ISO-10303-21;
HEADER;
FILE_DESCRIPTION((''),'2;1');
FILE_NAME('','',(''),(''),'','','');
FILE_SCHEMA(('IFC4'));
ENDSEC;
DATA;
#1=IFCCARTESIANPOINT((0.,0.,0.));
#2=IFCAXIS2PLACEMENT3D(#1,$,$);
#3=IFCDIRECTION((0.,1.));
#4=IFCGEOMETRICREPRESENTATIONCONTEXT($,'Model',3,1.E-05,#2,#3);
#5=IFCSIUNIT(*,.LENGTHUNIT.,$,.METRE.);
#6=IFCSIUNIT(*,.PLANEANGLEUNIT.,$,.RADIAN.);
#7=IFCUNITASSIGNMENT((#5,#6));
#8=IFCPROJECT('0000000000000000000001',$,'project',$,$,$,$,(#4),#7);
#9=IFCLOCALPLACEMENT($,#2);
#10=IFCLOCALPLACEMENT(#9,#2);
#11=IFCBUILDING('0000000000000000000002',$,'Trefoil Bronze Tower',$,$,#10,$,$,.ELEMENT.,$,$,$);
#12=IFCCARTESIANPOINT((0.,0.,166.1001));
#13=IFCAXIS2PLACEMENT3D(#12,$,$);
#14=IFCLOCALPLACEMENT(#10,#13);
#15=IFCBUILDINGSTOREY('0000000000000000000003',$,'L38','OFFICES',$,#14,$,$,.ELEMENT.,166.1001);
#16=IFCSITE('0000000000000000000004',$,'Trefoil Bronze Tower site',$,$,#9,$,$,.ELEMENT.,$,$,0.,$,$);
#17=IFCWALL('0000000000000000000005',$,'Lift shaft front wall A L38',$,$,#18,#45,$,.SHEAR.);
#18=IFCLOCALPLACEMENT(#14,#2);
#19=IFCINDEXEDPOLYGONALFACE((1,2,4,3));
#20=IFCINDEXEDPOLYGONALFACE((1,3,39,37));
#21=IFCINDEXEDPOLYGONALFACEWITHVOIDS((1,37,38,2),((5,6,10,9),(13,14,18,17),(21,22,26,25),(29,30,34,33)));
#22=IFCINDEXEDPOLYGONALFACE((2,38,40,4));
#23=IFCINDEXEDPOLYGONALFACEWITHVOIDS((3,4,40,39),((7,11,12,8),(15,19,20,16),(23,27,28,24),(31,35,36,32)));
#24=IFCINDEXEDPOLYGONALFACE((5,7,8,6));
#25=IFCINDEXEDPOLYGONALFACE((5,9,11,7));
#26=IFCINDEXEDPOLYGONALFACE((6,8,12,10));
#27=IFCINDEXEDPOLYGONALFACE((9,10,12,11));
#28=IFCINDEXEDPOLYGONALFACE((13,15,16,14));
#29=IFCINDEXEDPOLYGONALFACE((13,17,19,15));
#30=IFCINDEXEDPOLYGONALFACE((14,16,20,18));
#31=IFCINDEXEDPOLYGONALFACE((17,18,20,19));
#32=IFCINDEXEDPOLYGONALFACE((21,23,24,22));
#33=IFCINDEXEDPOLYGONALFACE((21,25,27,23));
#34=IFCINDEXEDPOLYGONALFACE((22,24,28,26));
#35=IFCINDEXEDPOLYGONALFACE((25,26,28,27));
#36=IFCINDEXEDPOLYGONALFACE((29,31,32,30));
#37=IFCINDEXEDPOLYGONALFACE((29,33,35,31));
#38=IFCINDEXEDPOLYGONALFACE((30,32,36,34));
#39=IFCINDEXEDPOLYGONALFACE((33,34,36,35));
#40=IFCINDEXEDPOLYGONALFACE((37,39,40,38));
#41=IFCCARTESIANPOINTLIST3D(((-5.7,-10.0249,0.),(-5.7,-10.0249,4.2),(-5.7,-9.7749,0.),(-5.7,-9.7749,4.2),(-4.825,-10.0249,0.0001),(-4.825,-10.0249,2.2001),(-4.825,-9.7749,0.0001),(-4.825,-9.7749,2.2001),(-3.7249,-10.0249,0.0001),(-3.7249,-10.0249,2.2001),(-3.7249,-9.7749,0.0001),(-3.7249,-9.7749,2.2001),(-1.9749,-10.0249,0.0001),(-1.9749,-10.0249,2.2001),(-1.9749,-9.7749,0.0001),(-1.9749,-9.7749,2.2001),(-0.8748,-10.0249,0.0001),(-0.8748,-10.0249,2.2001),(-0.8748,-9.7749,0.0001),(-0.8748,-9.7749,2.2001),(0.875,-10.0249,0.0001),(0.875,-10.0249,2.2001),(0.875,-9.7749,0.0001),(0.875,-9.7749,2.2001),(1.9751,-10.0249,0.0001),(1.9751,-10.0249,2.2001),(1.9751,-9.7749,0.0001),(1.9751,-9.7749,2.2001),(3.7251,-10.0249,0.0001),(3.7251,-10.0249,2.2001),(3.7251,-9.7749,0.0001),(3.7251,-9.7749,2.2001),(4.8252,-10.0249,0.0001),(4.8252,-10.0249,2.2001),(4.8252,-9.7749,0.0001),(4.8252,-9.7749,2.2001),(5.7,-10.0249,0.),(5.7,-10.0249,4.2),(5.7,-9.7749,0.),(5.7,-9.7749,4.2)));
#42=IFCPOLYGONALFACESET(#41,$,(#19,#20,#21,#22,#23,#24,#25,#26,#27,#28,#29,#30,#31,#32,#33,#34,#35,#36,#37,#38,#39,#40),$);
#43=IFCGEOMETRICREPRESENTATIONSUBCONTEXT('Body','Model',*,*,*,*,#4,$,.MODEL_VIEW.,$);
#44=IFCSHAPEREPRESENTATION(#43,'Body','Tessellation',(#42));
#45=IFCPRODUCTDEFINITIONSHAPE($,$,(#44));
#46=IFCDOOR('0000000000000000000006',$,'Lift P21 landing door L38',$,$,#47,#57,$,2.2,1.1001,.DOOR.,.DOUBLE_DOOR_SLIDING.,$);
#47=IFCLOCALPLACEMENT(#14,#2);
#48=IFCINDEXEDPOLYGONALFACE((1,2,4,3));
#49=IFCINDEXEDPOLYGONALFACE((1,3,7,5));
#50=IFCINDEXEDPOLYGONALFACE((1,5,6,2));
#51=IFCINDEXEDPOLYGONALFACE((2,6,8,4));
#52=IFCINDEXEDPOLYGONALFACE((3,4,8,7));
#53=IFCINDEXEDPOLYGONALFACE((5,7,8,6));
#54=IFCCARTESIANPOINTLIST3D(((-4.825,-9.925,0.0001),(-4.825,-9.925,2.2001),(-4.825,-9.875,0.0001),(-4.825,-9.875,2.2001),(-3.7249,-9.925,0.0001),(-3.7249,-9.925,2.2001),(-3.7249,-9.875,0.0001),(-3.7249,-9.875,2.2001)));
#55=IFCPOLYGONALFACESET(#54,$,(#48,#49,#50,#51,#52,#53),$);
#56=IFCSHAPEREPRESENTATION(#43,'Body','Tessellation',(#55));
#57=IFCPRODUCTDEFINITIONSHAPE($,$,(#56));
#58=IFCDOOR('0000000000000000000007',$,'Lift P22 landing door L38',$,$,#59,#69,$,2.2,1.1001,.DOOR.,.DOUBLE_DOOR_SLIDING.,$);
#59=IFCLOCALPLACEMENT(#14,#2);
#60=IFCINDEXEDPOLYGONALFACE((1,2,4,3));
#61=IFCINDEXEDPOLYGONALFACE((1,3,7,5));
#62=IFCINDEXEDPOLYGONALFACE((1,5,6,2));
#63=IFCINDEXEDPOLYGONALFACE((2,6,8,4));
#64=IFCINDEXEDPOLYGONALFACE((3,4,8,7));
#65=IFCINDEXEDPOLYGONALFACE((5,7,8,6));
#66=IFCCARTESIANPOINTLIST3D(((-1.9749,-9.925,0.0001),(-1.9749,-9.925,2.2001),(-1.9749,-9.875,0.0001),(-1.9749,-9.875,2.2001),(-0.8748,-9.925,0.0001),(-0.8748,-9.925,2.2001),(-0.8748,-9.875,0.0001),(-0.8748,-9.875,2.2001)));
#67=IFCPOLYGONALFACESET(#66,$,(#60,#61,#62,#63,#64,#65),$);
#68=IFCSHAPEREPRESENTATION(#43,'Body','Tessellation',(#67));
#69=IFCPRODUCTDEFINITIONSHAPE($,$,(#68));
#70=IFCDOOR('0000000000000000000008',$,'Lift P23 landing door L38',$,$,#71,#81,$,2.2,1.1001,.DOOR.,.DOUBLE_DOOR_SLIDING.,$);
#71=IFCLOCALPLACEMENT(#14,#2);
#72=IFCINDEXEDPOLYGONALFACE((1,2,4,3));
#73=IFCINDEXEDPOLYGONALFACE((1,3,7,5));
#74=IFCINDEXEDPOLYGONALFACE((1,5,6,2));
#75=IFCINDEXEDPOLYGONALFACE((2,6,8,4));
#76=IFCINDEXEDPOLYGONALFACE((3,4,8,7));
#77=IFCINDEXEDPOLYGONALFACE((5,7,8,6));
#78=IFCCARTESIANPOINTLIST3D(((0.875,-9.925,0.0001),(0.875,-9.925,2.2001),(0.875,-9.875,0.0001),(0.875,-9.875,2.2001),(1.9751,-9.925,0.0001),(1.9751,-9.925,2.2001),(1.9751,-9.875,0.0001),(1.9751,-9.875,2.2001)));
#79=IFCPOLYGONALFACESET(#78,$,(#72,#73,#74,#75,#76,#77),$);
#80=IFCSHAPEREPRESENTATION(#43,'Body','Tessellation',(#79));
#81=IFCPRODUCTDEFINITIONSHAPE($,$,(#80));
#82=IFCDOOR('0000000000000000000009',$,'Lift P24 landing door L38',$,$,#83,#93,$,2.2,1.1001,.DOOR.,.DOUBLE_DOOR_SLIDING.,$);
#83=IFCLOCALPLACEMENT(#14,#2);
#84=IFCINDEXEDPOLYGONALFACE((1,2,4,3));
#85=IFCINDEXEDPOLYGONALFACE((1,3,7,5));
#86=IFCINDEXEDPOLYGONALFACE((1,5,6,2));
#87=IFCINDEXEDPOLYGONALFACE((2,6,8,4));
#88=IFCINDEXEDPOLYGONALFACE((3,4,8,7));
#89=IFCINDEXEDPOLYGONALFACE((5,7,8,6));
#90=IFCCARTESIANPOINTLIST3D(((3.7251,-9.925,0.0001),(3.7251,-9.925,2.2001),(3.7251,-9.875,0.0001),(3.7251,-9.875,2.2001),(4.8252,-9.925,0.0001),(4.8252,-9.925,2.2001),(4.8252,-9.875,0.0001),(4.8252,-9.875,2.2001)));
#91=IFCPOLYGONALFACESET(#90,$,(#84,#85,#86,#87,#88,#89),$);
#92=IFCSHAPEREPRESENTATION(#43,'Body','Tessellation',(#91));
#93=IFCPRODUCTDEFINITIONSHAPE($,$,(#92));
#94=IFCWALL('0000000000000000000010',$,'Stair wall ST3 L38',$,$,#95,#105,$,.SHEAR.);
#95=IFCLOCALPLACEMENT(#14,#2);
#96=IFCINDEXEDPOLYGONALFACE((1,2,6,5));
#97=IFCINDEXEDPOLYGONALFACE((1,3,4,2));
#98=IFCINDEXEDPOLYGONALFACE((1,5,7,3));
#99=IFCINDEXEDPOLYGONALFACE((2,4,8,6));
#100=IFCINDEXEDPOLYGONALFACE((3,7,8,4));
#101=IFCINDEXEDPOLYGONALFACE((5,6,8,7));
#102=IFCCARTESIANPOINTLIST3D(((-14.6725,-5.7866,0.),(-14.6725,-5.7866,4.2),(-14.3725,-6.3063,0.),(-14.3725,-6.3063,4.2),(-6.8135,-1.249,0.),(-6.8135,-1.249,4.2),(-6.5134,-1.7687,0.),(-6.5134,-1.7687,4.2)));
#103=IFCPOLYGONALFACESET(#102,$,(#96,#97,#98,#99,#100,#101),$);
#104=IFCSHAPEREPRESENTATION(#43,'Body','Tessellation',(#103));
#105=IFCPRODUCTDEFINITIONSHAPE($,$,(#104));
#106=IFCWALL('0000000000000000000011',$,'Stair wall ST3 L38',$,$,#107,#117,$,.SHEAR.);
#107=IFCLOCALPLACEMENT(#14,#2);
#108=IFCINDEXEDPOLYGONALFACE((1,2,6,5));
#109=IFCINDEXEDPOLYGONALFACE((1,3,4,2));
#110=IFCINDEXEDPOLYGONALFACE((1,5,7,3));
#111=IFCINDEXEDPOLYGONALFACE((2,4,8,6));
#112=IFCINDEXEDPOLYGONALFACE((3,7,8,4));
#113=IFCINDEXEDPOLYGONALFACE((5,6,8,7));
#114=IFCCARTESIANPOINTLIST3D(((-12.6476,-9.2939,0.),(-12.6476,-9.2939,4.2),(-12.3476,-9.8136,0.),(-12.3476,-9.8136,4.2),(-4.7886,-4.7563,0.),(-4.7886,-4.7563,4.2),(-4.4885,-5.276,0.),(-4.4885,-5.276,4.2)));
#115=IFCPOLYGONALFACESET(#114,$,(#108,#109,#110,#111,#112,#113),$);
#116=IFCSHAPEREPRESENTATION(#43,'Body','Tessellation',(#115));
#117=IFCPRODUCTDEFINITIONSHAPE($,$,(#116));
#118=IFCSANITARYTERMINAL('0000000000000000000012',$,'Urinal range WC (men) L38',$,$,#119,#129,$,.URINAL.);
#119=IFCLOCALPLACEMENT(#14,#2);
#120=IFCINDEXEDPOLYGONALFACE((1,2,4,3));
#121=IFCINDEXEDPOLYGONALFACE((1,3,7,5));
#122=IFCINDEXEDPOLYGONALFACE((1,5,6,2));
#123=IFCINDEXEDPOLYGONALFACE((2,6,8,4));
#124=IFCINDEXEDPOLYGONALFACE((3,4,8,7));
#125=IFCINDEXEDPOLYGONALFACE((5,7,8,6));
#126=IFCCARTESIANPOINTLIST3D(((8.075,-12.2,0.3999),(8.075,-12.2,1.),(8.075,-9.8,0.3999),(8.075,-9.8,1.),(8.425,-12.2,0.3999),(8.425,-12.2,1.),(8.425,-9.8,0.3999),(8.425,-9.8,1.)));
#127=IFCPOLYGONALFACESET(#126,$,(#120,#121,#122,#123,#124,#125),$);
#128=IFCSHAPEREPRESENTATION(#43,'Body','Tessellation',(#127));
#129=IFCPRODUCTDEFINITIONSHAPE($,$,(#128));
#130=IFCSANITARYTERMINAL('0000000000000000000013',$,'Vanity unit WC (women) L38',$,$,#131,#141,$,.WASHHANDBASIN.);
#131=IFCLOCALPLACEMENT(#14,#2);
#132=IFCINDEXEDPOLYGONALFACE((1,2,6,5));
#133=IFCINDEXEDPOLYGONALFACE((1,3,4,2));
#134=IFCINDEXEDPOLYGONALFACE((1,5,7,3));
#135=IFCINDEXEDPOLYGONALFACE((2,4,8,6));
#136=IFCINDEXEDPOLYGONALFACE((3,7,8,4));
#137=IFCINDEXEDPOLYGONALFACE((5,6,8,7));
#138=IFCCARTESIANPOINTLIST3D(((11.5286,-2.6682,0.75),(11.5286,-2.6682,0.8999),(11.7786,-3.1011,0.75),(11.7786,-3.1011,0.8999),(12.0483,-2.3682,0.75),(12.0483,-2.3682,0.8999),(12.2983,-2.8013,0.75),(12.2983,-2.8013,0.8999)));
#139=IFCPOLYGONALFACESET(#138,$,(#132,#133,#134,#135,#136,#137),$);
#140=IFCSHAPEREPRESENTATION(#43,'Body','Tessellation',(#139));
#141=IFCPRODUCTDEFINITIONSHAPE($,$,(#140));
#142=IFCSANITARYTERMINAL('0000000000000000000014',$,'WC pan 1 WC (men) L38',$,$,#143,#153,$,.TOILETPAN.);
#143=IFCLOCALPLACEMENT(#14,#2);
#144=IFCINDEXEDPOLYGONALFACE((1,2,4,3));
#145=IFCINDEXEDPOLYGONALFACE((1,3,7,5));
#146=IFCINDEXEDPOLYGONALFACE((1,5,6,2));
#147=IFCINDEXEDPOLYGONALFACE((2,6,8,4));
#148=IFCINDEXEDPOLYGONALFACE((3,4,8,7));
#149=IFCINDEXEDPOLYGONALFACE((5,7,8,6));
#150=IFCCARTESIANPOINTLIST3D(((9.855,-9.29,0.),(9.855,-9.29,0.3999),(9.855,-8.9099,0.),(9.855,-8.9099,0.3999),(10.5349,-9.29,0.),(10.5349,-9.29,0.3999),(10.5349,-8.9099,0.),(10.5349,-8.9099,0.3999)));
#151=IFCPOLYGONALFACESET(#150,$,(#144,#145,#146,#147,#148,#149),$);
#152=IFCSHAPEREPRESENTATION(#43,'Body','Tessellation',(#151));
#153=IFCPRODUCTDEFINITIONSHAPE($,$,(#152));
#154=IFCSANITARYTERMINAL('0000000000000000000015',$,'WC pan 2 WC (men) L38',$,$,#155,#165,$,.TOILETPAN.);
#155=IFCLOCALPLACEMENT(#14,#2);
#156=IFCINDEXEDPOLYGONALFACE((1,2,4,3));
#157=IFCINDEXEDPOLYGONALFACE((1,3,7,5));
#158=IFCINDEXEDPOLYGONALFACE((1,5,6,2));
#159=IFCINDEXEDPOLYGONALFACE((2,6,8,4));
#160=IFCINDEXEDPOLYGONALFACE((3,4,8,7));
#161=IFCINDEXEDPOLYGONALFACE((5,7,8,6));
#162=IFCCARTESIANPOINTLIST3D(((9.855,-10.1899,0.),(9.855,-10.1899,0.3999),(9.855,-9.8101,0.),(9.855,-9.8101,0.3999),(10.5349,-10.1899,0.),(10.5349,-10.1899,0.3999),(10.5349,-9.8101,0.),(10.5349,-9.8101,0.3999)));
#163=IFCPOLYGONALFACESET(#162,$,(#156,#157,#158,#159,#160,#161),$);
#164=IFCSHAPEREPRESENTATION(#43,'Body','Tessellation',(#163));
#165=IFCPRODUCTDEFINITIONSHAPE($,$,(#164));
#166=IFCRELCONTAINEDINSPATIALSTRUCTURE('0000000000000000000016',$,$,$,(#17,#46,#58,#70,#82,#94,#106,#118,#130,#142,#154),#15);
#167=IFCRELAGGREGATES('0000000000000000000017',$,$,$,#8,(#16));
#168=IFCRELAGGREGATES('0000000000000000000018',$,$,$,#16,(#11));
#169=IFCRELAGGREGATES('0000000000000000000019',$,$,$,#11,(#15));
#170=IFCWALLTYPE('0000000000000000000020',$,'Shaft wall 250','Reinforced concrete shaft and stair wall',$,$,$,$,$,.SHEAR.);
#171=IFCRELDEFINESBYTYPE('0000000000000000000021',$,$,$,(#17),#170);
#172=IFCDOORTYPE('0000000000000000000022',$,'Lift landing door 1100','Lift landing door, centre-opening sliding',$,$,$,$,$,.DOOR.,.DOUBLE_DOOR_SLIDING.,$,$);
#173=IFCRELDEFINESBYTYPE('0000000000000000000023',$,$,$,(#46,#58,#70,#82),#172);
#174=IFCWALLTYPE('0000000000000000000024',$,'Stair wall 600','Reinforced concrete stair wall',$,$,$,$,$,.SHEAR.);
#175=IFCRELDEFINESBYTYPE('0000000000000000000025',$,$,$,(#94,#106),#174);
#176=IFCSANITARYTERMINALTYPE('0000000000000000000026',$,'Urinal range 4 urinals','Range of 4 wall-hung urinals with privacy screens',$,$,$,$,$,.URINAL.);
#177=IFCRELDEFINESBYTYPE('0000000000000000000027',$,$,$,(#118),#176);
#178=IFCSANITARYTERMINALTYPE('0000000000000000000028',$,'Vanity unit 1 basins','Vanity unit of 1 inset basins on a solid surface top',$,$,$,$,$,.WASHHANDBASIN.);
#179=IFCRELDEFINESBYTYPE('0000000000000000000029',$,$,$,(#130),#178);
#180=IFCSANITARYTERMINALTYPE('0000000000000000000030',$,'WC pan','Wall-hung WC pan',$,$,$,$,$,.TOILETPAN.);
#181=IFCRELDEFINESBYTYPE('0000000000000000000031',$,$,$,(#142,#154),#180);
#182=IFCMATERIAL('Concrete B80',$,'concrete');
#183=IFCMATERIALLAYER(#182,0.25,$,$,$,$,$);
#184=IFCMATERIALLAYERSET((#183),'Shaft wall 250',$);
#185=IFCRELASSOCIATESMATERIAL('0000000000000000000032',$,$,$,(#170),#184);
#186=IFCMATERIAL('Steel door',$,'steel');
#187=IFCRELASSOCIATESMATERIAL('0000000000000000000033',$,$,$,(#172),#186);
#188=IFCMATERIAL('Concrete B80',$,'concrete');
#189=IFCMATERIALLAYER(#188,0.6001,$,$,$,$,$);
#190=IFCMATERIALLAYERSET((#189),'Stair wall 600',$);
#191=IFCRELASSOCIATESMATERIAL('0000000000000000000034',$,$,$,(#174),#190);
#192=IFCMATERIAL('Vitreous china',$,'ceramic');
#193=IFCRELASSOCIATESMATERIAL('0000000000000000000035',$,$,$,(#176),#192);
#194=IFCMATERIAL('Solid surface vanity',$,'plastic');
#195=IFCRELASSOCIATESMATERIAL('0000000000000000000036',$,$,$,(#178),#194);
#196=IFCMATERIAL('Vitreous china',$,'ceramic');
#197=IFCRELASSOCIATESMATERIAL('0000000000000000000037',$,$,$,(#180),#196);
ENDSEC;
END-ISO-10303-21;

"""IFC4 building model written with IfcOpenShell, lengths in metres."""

from ifc_helpers import new_model, si_unit, direction, frame, frame_2d, origin, place, context, subcontext, project, spatial, polyline, rectangle, outline, extrude, material, layer, layer_set, type_object, element, fill, save


model = new_model("IFC4")

# Units and contexts
model_context = context("Model", 3, precision=1e-05, world=origin(), true_north=direction((0.0, 1.0)))
body_context = subcontext(model_context, "Body", "Model", "MODEL_VIEW")
ifc_project = project(units=[si_unit("LENGTHUNIT", "METRE"), si_unit("PLANEANGLEUNIT", "RADIAN")], contexts=[model_context])

# Site, building, storey
site_placement = place(None, origin())
site = spatial("IfcSite", under=ifc_project, at=site_placement, Name="Trefoil Bronze Tower site", CompositionType="ELEMENT", RefElevation=0.0)
building_placement = place(site_placement, origin())
building = spatial("IfcBuilding", under=site, at=building_placement, Name="Trefoil Bronze Tower", CompositionType="ELEMENT")
storey_placement = place(building_placement, frame((0.0, 0.0, 166.1001)))
storey = spatial("IfcBuildingStorey", under=building, at=storey_placement, Name="L38", Description="OFFICES", CompositionType="ELEMENT", Elevation=166.1001)

# Wall, openings, doors
ifc_material_1 = material(Name="Concrete B80", Category="concrete")
ifc_layer_1 = layer(ifc_material_1, 0.25)
ifc_layer_set_1 = layer_set([ifc_layer_1], Name="Shaft wall 250")
wall_type_1 = type_object("IfcWallType", Name="Shaft wall 250", Description="Reinforced concrete shaft and stair wall", PredefinedType="SHEAR", material=ifc_layer_set_1)
wall_1_placement = place(storey_placement, frame((-5.7, -9.8999, 0.0), z_axis=(0.0, 0.0, 1.0), x_axis=(1.0, 0.0, 0.0)))
wall_1 = element("IfcWall", 1, at=wall_1_placement, inside=storey, type_object=wall_type_1, Name="Lift shaft front wall A L38", PredefinedType="SHEAR", context=body_context, shape_type="SweptSolid", body=[
    extrude(rectangle(XDim=11.3999, YDim=0.25, at=frame_2d((5.7, 0.0))), origin(), (0.0, 0.0, 1.0), 4.2),
])
opening_1_placement = place(wall_1_placement, frame((0.875, 0.0, 0.0)))
opening_1 = element("IfcOpeningElement", 2, at=opening_1_placement, cuts=wall_1, PredefinedType="OPENING", context=body_context, shape_type="SweptSolid", body=[
    extrude(rectangle(XDim=1.1001, YDim=2.2, at=frame_2d((0.55, 1.1001))), frame((0.0, 0.135, 0.0), z_axis=(0.0, -1.0, 0.0), x_axis=(1.0, 0.0, 0.0)), (0.0, 0.0, 1.0), 0.27),
])
opening_2_placement = place(wall_1_placement, frame((3.7251, 0.0, 0.0)))
opening_2 = element("IfcOpeningElement", 3, at=opening_2_placement, cuts=wall_1, PredefinedType="OPENING", context=body_context, shape_type="SweptSolid", body=[
    extrude(rectangle(XDim=1.1001, YDim=2.2, at=frame_2d((0.55, 1.1001))), frame((0.0, 0.135, 0.0), z_axis=(0.0, -1.0, 0.0), x_axis=(1.0, 0.0, 0.0)), (0.0, 0.0, 1.0), 0.27),
])
opening_3_placement = place(wall_1_placement, frame((6.575, 0.0, 0.0)))
opening_3 = element("IfcOpeningElement", 4, at=opening_3_placement, cuts=wall_1, PredefinedType="OPENING", context=body_context, shape_type="SweptSolid", body=[
    extrude(rectangle(XDim=1.1001, YDim=2.2, at=frame_2d((0.55, 1.1001))), frame((0.0, 0.135, 0.0), z_axis=(0.0, -1.0, 0.0), x_axis=(1.0, 0.0, 0.0)), (0.0, 0.0, 1.0), 0.27),
])
opening_4_placement = place(wall_1_placement, frame((9.425, 0.0, 0.0)))
opening_4 = element("IfcOpeningElement", 5, at=opening_4_placement, cuts=wall_1, PredefinedType="OPENING", context=body_context, shape_type="SweptSolid", body=[
    extrude(rectangle(XDim=1.1001, YDim=2.2, at=frame_2d((0.55, 1.1001))), frame((0.0, 0.135, 0.0), z_axis=(0.0, -1.0, 0.0), x_axis=(1.0, 0.0, 0.0)), (0.0, 0.0, 1.0), 0.27),
])
ifc_material_2 = material(Name="Steel door", Category="steel")
door_type_1 = type_object("IfcDoorType", Name="Lift landing door 1100", Description="Lift landing door, centre-opening sliding", OperationType="DOUBLE_DOOR_SLIDING", PredefinedType="DOOR", material=ifc_material_2)
door_1_placement = place(opening_1_placement, origin())
door_1 = element("IfcDoor", 6, at=door_1_placement, inside=storey, type_object=door_type_1, Name="Lift P21 landing door L38", OperationType="DOUBLE_DOOR_SLIDING", OverallHeight=2.2, OverallWidth=1.1001, PredefinedType="DOOR", context=body_context, shape_type="SweptSolid", body=[
    extrude(rectangle(XDim=1.1001, YDim=2.2, at=frame_2d((0.55, 1.1001))), frame((0.0, 0.0249, 0.0), z_axis=(0.0, -1.0, 0.0), x_axis=(1.0, 0.0, 0.0)), (0.0, 0.0, 1.0), 0.05),
])
fill(opening_1, door_1)
door_2_placement = place(opening_2_placement, origin())
door_2 = element("IfcDoor", 7, at=door_2_placement, inside=storey, type_object=door_type_1, Name="Lift P22 landing door L38", OperationType="DOUBLE_DOOR_SLIDING", OverallHeight=2.2, OverallWidth=1.1001, PredefinedType="DOOR", context=body_context, shape_type="SweptSolid", body=[
    extrude(rectangle(XDim=1.1001, YDim=2.2, at=frame_2d((0.55, 1.1001))), frame((0.0, 0.0249, 0.0), z_axis=(0.0, -1.0, 0.0), x_axis=(1.0, 0.0, 0.0)), (0.0, 0.0, 1.0), 0.05),
])
fill(opening_2, door_2)
door_3_placement = place(opening_3_placement, origin())
door_3 = element("IfcDoor", 8, at=door_3_placement, inside=storey, type_object=door_type_1, Name="Lift P23 landing door L38", OperationType="DOUBLE_DOOR_SLIDING", OverallHeight=2.2, OverallWidth=1.1001, PredefinedType="DOOR", context=body_context, shape_type="SweptSolid", body=[
    extrude(rectangle(XDim=1.1001, YDim=2.2, at=frame_2d((0.55, 1.1001))), frame((0.0, 0.0249, 0.0), z_axis=(0.0, -1.0, 0.0), x_axis=(1.0, 0.0, 0.0)), (0.0, 0.0, 1.0), 0.05),
])
fill(opening_3, door_3)
door_4_placement = place(opening_4_placement, origin())
door_4 = element("IfcDoor", 9, at=door_4_placement, inside=storey, type_object=door_type_1, Name="Lift P24 landing door L38", OperationType="DOUBLE_DOOR_SLIDING", OverallHeight=2.2, OverallWidth=1.1001, PredefinedType="DOOR", context=body_context, shape_type="SweptSolid", body=[
    extrude(rectangle(XDim=1.1001, YDim=2.2, at=frame_2d((0.55, 1.1001))), frame((0.0, 0.0249, 0.0), z_axis=(0.0, -1.0, 0.0), x_axis=(1.0, 0.0, 0.0)), (0.0, 0.0, 1.0), 0.05),
])
fill(opening_4, door_4)

# Walls
ifc_material_3 = material(Name="Concrete B80", Category="concrete")
ifc_layer_2 = layer(ifc_material_3, 0.6001)
ifc_layer_set_2 = layer_set([ifc_layer_2], Name="Stair wall 600")
wall_type_2 = type_object("IfcWallType", Name="Stair wall 600", Description="Reinforced concrete stair wall", PredefinedType="SHEAR", material=ifc_layer_set_2)
for number, where, z_axis, x_axis, name in (
    (10, (-6.6633, -1.5088, 0.0), (0.0, 0.0, 1.0), (-0.866019, -0.50001, 0.0), "Stair wall ST3 L38"),
    (11, (-4.6384, -5.0161, 0.0), (0.0, 0.0, 1.0), (-0.866019, -0.50001, 0.0), "Stair wall ST3 L38"),
):
    element("IfcWall", number, at=place(storey_placement, frame(where, z_axis=z_axis, x_axis=x_axis)), inside=storey, type_object=wall_type_2, Name=name, PredefinedType="SHEAR", context=body_context, shape_type="SweptSolid", body=[
        extrude(rectangle(XDim=9.075, YDim=0.6001, at=frame_2d((4.5376, 0.0))), origin(), (0.0, 0.0, 1.0), 4.2),
    ])

# Sanitary terminals
ifc_material_4 = material(Name="Vitreous china", Category="ceramic")
sanitary_terminal_type_1 = type_object("IfcSanitaryTerminalType", Name="Urinal range 4 urinals", Description="Range of 4 wall-hung urinals with privacy screens", PredefinedType="URINAL", material=ifc_material_4)
sanitary_terminal_1_placement = place(storey_placement, frame((0.0, 0.0, 0.3999)))
element("IfcSanitaryTerminal", 12, at=sanitary_terminal_1_placement, inside=storey, type_object=sanitary_terminal_type_1, Name="Urinal range WC (men) L38", PredefinedType="URINAL", context=body_context, shape_type="SweptSolid", body=[
    extrude(outline(polyline([(8.075, -9.8), (8.425, -9.8), (8.425, -12.2), (8.075, -12.2), (8.075, -9.8)])), origin(), (0.0, 0.0, 1.0), 0.6001),
])
ifc_material_5 = material(Name="Solid surface vanity", Category="plastic")
sanitary_terminal_type_2 = type_object("IfcSanitaryTerminalType", Name="Vanity unit 1 basins", Description="Vanity unit of 1 inset basins on a solid surface top", PredefinedType="WASHHANDBASIN", material=ifc_material_5)
sanitary_terminal_2_placement = place(storey_placement, frame((0.0, 0.0, 0.75)))
element("IfcSanitaryTerminal", 13, at=sanitary_terminal_2_placement, inside=storey, type_object=sanitary_terminal_type_2, Name="Vanity unit WC (women) L38", PredefinedType="WASHHANDBASIN", context=body_context, shape_type="SweptSolid", body=[
    extrude(outline(polyline([(11.5286, -2.6682), (11.7786, -3.1011), (12.2983, -2.8013), (12.0483, -2.3682), (11.5286, -2.6682)])), origin(), (0.0, 0.0, 1.0), 0.1499),
])
ifc_material_6 = material(Name="Vitreous china", Category="ceramic")
sanitary_terminal_type_3 = type_object("IfcSanitaryTerminalType", Name="WC pan", Description="Wall-hung WC pan", PredefinedType="TOILETPAN", material=ifc_material_6)
sanitary_terminal_3_placement = place(storey_placement, origin())
element("IfcSanitaryTerminal", 14, at=sanitary_terminal_3_placement, inside=storey, type_object=sanitary_terminal_type_3, Name="WC pan 1 WC (men) L38", PredefinedType="TOILETPAN", context=body_context, shape_type="SweptSolid", body=[
    extrude(outline(polyline([(9.855, -8.9099), (10.5349, -8.9099), (10.5349, -9.29), (9.855, -9.29), (9.855, -8.9099)])), origin(), (0.0, 0.0, 1.0), 0.3999),
])
sanitary_terminal_4_placement = place(storey_placement, origin())
element("IfcSanitaryTerminal", 15, at=sanitary_terminal_4_placement, inside=storey, type_object=sanitary_terminal_type_3, Name="WC pan 2 WC (men) L38", PredefinedType="TOILETPAN", context=body_context, shape_type="SweptSolid", body=[
    extrude(outline(polyline([(9.855, -9.8101), (10.5349, -9.8101), (10.5349, -10.1899), (9.855, -10.1899), (9.855, -9.8101)])), origin(), (0.0, 0.0, 1.0), 0.3999),
])

save(model, "model.ifc")
